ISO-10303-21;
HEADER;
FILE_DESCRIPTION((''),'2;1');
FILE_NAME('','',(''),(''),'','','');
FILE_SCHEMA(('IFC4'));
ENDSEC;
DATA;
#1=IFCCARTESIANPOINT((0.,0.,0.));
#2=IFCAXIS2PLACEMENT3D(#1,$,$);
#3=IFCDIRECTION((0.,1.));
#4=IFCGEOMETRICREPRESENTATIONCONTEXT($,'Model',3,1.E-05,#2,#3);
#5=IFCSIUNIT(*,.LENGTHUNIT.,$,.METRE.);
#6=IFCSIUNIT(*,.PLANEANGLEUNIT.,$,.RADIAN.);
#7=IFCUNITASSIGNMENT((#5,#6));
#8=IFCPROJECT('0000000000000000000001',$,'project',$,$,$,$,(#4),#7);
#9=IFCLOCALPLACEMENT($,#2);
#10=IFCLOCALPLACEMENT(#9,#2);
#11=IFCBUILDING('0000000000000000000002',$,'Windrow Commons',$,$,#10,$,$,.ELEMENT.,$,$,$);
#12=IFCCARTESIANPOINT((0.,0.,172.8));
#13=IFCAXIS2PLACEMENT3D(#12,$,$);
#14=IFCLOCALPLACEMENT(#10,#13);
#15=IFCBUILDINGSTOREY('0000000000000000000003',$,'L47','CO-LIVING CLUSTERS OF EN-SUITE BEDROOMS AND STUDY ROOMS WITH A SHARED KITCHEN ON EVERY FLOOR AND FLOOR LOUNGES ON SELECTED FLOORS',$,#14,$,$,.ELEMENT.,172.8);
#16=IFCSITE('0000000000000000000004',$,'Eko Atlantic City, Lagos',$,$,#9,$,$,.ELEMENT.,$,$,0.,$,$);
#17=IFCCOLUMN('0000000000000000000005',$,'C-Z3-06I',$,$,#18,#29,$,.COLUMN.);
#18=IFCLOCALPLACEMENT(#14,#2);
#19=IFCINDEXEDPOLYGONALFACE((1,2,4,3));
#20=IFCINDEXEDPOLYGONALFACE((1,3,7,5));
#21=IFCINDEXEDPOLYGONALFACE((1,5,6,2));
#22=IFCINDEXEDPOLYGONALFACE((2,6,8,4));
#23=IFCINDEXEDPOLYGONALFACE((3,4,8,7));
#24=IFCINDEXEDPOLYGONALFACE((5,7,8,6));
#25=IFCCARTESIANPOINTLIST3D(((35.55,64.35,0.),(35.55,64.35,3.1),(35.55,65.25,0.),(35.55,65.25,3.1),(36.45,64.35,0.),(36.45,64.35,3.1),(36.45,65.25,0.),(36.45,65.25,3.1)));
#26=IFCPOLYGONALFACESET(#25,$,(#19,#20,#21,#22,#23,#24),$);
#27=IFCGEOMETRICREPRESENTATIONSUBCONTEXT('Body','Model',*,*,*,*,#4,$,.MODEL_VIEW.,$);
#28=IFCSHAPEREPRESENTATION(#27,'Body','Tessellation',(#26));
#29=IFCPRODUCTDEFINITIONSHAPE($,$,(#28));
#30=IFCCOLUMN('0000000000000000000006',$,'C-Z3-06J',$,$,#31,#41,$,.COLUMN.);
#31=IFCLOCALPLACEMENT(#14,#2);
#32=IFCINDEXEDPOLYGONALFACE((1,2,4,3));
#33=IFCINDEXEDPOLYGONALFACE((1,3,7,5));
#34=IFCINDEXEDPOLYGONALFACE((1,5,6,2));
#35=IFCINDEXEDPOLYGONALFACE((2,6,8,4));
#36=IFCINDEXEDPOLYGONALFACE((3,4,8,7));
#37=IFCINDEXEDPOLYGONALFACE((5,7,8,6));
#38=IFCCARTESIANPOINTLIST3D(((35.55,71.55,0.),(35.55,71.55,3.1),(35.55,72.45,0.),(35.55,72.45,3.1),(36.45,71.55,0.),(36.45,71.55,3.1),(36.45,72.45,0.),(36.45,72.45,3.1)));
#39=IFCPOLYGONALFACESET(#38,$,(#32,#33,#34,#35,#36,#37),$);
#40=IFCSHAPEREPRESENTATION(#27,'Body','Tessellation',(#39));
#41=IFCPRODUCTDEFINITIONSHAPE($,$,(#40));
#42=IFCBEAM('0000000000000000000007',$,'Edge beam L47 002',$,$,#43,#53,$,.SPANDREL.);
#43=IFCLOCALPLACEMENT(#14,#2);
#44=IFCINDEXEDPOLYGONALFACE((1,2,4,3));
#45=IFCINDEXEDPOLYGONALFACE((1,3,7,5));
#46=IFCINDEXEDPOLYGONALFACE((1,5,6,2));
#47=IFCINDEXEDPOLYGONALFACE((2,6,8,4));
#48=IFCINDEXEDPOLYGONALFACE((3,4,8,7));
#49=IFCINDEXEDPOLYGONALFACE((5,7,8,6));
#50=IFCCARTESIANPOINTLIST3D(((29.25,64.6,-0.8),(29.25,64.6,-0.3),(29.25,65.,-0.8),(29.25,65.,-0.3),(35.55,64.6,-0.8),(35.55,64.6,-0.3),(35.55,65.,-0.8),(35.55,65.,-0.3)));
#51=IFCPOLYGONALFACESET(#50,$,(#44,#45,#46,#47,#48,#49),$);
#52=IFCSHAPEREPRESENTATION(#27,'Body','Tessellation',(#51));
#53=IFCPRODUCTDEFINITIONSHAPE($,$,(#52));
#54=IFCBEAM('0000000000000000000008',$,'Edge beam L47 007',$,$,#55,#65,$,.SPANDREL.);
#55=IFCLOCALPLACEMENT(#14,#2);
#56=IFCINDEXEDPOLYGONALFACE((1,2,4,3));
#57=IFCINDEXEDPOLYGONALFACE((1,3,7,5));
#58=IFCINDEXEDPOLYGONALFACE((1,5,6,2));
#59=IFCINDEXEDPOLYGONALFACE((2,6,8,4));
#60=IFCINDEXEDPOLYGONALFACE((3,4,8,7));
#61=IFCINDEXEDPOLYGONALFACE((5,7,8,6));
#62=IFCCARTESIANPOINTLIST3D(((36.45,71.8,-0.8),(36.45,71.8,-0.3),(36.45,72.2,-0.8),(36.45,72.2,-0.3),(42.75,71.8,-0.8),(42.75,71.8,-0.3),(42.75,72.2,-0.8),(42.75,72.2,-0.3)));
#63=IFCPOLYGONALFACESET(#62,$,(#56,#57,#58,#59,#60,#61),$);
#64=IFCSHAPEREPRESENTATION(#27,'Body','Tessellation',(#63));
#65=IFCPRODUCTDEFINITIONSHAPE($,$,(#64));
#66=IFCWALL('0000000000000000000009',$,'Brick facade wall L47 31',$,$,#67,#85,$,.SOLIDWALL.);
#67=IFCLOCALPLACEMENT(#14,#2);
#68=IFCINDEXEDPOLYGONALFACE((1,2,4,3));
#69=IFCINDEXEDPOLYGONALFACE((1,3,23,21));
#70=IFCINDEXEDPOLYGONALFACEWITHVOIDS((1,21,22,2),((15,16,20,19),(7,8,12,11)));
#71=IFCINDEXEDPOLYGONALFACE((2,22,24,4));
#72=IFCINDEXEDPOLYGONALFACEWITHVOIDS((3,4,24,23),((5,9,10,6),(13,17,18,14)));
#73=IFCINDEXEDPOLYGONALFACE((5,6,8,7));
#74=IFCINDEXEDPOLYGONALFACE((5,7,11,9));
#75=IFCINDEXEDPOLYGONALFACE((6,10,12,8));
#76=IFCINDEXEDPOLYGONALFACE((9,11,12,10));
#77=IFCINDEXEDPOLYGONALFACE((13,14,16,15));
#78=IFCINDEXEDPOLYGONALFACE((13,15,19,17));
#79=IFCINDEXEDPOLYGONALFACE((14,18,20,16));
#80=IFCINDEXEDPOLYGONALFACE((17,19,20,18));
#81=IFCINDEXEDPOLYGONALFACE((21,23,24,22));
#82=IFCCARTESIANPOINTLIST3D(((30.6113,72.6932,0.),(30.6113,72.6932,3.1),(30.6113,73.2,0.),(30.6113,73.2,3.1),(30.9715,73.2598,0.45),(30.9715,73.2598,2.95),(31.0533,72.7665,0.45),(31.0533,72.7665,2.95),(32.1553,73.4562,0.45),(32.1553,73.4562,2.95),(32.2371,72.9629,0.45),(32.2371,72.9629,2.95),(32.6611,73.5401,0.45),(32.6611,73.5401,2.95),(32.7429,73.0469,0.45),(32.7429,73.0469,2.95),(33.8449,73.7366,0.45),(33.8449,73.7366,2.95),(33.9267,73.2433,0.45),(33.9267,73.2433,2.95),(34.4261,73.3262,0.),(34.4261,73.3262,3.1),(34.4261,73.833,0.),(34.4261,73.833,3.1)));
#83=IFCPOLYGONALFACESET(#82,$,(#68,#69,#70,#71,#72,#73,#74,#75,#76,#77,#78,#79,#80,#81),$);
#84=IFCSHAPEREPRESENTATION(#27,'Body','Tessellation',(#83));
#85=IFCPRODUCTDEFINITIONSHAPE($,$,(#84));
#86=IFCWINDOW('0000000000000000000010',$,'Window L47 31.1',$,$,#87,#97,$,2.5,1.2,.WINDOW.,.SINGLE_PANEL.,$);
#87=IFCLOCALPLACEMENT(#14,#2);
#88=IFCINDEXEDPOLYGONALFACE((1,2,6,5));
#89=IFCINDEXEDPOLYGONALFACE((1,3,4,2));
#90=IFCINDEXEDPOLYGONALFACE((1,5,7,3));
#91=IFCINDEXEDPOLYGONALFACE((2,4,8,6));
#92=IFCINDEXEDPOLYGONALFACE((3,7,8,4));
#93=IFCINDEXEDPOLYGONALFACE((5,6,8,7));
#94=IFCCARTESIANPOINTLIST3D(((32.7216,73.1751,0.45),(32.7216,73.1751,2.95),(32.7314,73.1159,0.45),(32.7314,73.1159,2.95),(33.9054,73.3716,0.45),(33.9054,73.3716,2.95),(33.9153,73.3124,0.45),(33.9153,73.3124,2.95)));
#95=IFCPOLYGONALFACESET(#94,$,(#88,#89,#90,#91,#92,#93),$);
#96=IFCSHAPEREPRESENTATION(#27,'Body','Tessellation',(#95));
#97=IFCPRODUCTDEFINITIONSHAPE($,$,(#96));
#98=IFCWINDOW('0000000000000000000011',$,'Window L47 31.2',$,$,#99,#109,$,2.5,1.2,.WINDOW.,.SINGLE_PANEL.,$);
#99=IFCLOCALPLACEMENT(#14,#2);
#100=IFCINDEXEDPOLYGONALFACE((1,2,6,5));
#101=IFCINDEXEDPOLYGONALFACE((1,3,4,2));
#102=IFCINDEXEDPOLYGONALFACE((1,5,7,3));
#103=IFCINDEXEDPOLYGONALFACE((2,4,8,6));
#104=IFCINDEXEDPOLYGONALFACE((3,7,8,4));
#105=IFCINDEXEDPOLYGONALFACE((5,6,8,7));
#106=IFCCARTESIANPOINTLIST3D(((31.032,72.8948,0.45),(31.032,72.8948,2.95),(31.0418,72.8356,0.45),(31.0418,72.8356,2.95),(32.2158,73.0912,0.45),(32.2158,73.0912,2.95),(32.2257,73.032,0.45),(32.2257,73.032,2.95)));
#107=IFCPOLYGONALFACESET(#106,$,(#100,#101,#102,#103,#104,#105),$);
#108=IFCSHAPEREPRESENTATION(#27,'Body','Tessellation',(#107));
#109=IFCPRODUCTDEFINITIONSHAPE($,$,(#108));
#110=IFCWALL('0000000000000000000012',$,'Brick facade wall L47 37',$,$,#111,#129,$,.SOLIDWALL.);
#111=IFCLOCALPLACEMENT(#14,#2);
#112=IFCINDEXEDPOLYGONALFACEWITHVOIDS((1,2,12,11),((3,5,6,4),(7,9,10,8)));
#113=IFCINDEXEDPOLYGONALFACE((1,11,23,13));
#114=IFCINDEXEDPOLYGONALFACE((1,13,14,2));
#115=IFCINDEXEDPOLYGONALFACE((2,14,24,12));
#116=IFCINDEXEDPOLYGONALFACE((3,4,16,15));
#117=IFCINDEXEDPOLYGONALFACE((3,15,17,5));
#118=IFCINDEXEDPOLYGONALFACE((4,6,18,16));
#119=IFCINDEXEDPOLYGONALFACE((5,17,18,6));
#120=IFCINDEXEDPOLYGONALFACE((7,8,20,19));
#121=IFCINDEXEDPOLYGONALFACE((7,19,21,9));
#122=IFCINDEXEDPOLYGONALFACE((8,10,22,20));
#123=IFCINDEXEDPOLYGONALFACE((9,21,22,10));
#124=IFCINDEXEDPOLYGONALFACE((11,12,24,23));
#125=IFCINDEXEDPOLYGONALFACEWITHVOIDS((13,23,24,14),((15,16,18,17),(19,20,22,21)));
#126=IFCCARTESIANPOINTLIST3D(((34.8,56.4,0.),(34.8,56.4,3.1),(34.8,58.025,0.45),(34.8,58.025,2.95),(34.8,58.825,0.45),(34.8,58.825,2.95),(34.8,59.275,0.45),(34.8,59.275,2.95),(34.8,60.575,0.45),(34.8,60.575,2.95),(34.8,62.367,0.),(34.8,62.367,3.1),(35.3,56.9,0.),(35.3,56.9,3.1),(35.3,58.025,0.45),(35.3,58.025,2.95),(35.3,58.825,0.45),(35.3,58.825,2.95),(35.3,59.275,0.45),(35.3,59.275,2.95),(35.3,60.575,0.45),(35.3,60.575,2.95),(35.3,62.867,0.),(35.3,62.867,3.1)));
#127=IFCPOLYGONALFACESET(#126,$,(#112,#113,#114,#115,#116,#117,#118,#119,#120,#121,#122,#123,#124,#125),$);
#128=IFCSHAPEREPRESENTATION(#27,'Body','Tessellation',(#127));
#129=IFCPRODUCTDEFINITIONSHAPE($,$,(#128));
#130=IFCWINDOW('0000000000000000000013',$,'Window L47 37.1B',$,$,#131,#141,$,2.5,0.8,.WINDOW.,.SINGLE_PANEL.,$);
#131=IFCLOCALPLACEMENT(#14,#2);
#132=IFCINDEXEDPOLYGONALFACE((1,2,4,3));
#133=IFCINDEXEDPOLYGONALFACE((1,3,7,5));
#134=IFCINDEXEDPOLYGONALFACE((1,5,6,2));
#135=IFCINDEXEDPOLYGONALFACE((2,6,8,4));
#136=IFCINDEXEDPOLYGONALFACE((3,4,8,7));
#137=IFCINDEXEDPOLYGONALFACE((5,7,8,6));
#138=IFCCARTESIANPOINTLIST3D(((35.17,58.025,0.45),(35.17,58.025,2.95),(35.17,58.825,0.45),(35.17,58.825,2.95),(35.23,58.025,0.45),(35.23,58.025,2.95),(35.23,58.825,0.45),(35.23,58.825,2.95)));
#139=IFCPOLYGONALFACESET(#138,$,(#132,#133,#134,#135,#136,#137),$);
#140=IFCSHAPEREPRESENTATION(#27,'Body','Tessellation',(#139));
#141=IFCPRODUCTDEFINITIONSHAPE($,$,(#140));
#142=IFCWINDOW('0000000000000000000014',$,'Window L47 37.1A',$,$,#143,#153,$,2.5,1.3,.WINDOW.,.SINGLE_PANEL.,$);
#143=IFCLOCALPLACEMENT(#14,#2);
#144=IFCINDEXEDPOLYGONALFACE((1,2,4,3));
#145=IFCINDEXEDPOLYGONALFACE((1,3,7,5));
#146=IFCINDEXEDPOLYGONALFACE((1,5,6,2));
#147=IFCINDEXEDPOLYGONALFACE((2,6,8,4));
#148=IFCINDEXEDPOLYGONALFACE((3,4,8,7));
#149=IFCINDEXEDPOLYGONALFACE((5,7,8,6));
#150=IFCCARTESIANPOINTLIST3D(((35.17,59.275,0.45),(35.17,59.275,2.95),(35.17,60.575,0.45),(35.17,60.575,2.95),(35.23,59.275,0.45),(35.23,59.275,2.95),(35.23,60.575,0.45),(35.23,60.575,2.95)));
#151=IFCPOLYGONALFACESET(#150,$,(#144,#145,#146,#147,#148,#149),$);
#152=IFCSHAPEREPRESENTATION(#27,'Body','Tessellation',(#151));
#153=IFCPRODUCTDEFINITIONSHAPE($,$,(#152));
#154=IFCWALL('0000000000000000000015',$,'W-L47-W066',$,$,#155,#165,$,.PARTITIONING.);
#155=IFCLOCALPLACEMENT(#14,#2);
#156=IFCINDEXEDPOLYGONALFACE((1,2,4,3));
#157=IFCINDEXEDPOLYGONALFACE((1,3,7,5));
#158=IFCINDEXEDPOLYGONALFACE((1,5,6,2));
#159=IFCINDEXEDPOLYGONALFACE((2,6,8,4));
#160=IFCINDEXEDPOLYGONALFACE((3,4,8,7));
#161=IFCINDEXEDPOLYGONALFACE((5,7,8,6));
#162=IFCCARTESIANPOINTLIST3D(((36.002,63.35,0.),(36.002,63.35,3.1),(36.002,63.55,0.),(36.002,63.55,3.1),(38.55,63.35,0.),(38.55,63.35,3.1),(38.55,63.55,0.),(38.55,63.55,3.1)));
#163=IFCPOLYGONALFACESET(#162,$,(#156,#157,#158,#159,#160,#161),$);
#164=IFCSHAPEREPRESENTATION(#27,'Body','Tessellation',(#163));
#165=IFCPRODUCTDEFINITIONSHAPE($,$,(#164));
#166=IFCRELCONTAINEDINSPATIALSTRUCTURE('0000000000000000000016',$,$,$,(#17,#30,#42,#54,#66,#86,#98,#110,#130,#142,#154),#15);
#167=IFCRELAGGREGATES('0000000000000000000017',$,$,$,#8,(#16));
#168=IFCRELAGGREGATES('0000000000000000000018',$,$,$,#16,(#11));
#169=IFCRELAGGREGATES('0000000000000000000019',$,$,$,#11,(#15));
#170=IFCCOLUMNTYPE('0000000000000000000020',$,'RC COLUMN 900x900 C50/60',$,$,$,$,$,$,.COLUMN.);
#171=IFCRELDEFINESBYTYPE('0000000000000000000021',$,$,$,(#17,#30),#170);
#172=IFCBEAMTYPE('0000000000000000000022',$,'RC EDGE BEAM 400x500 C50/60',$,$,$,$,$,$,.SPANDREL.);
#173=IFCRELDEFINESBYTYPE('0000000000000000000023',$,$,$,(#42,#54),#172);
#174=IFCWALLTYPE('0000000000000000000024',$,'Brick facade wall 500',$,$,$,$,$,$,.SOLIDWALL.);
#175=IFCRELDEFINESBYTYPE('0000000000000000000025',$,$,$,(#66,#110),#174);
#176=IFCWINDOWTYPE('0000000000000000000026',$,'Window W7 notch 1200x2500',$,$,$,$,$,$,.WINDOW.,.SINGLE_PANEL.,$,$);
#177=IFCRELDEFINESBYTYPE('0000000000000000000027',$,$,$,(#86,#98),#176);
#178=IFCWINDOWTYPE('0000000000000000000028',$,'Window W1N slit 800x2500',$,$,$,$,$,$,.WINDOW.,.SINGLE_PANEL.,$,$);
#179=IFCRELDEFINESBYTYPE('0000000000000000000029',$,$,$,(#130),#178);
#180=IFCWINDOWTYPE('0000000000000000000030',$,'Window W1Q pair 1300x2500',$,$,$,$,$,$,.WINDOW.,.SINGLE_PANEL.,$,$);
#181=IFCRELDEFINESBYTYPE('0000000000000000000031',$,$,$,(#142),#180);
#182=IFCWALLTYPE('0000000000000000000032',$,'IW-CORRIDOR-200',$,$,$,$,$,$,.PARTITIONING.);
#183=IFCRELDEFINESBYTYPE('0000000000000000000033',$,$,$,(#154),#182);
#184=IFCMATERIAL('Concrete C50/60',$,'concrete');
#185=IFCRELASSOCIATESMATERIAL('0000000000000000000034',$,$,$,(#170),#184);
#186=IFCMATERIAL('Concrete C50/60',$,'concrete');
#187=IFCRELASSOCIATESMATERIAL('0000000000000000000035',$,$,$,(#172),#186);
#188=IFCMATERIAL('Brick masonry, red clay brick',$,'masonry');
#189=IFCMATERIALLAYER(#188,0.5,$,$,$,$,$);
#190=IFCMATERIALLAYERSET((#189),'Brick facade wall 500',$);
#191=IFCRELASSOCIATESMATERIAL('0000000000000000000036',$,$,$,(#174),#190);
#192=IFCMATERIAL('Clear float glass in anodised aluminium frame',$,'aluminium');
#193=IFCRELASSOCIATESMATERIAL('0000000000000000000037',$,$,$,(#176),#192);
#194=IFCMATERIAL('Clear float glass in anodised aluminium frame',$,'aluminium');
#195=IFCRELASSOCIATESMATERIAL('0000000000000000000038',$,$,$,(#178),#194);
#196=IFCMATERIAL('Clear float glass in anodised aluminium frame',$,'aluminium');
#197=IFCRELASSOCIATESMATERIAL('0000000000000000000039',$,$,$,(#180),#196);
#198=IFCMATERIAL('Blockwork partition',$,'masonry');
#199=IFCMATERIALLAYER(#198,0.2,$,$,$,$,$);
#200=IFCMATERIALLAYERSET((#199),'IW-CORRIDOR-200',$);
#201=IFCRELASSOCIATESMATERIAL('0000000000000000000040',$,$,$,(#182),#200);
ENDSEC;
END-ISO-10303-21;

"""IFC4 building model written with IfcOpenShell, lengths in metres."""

from ifc_helpers import new_model, si_unit, direction, frame, frame_2d, origin, origin_2d, place, context, subcontext, project, spatial, polyline, rectangle, outline, extrude, material, layer, layer_set, material_profile, profile_set, type_object, element, fill, save


model = new_model("IFC4")

# Units and contexts
model_context = context("Model", 3, precision=1e-05, world=origin(), true_north=direction((0.0, 1.0)))
body_context = subcontext(model_context, "Body", "Model", "MODEL_VIEW")
ifc_project = project(units=[si_unit("LENGTHUNIT", "METRE"), si_unit("PLANEANGLEUNIT", "RADIAN")], contexts=[model_context])

# Site, building, storey
site_placement = place(None, origin())
site = spatial("IfcSite", under=ifc_project, at=site_placement, Name="Eko Atlantic City, Lagos", CompositionType="ELEMENT", RefElevation=0.0)
building_placement = place(site_placement, origin())
building = spatial("IfcBuilding", under=site, at=building_placement, Name="Windrow Commons", CompositionType="ELEMENT")
storey_placement = place(building_placement, frame((0.0, 0.0, 172.8)))
storey = spatial("IfcBuildingStorey", under=building, at=storey_placement, Name="L47", Description="CO-LIVING CLUSTERS OF EN-SUITE BEDROOMS AND STUDY ROOMS WITH A SHARED KITCHEN ON EVERY FLOOR AND FLOOR LOUNGES ON SELECTED FLOORS", CompositionType="ELEMENT", Elevation=172.8)

# Columns
ifc_material_1 = material(Name="Concrete C50/60", Category="concrete")
ifc_material_profile_1 = material_profile(ifc_material_1, rectangle(XDim=0.9, YDim=0.9, at=origin_2d()))
ifc_profile_set_1 = profile_set([ifc_material_profile_1], Name="Concrete C50/60")
column_type = type_object("IfcColumnType", Name="RC COLUMN 900x900 C50/60", PredefinedType="COLUMN", material=ifc_profile_set_1)
for number, where, z_axis, x_axis, name in (
    (1, (36.0, 64.8, 0.0), (0.0, 0.0, 1.0), (1.0, 0.0, 0.0), "C-Z3-06I"),
    (2, (36.0, 72.0, 0.0), (0.0, 0.0, 1.0), (1.0, 0.0, 0.0), "C-Z3-06J"),
):
    element("IfcColumn", number, at=place(storey_placement, frame(where, z_axis=z_axis, x_axis=x_axis)), inside=storey, type_object=column_type, Name=name, PredefinedType="COLUMN", context=body_context, shape_type="SweptSolid", body=[
        extrude(rectangle(XDim=0.9, YDim=0.9, at=origin_2d()), origin(), (0.0, 0.0, 1.0), 3.1),
    ])

# Beams
ifc_material_2 = material(Name="Concrete C50/60", Category="concrete")
ifc_material_profile_2 = material_profile(ifc_material_2, rectangle(XDim=0.4, YDim=0.5, at=origin_2d()))
ifc_profile_set_2 = profile_set([ifc_material_profile_2], Name="Concrete C50/60")
beam_type = type_object("IfcBeamType", Name="RC EDGE BEAM 400x500 C50/60", PredefinedType="SPANDREL", material=ifc_profile_set_2)
for number, where, z_axis, x_axis, name in (
    (3, (35.55, 64.8, -0.55), (-1.0, 0.0, 0.0), (0.0, -1.0, 0.0), "Edge beam L47 002"),
    (4, (36.45, 72.0, -0.55), (1.0, 0.0, 0.0), (0.0, 1.0, 0.0), "Edge beam L47 007"),
):
    element("IfcBeam", number, at=place(storey_placement, frame(where, z_axis=z_axis, x_axis=x_axis)), inside=storey, type_object=beam_type, Name=name, PredefinedType="SPANDREL", context=body_context, shape_type="SweptSolid", body=[
        extrude(rectangle(XDim=0.4, YDim=0.5, at=origin_2d()), origin(), (0.0, 0.0, 1.0), 6.3),
    ])

# Walls, openings, windows
ifc_material_3 = material(Name="Brick masonry, red clay brick", Category="masonry")
ifc_layer_1 = layer(ifc_material_3, 0.5)
ifc_layer_set_1 = layer_set([ifc_layer_1], Name="Brick facade wall 500")
wall_type_1 = type_object("IfcWallType", Name="Brick facade wall 500", PredefinedType="SOLIDWALL", material=ifc_layer_set_1)
wall_1_placement = place(storey_placement, frame((34.4261, 73.5796, 0.0), z_axis=(0.0, 0.0, 1.0), x_axis=(-0.98651, -0.163699, 0.0)))
wall_1 = element("IfcWall", 5, at=wall_1_placement, inside=storey, type_object=wall_type_1, Name="Brick facade wall L47 31", PredefinedType="SOLIDWALL", context=body_context, shape_type="SweptSolid", body=[
    extrude(outline(polyline([(-0.0415, -0.25), (3.8255, -0.25), (3.9084, 0.25), (0.0415, 0.25), (-0.0415, -0.25)])), origin(), (0.0, 0.0, 1.0), 3.1),
])
opening_1_placement = place(wall_1_placement, frame((0.5477, 0.0, 0.45)))
opening_1 = element("IfcOpeningElement", 6, at=opening_1_placement, cuts=wall_1, PredefinedType="OPENING", context=body_context, shape_type="SweptSolid", body=[
    extrude(rectangle(XDim=1.2, YDim=2.5, at=frame_2d((0.6, 1.25))), frame((0.0, 0.26, 0.0), z_axis=(0.0, -1.0, 0.0), x_axis=(1.0, 0.0, 0.0)), (0.0, 0.0, 1.0), 0.52),
])
opening_2_placement = place(wall_1_placement, frame((2.2604, 0.0, 0.45)))
opening_2 = element("IfcOpeningElement", 7, at=opening_2_placement, cuts=wall_1, PredefinedType="OPENING", context=body_context, shape_type="SweptSolid", body=[
    extrude(rectangle(XDim=1.2, YDim=2.5, at=frame_2d((0.6, 1.25))), frame((0.0, 0.26, 0.0), z_axis=(0.0, -1.0, 0.0), x_axis=(1.0, 0.0, 0.0)), (0.0, 0.0, 1.0), 0.52),
])
ifc_material_4 = material(Name="Clear float glass in anodised aluminium frame", Category="aluminium")
window_type_1 = type_object("IfcWindowType", Name="Window W7 notch 1200x2500", PartitioningType="SINGLE_PANEL", PredefinedType="WINDOW", material=ifc_material_4)
window_1_placement = place(opening_1_placement, origin())
window_1 = element("IfcWindow", 8, at=window_1_placement, inside=storey, type_object=window_type_1, Name="Window L47 31.1", OverallHeight=2.5, OverallWidth=1.2, PartitioningType="SINGLE_PANEL", PredefinedType="WINDOW", context=body_context, shape_type="SweptSolid", body=[
    extrude(rectangle(XDim=1.2, YDim=2.5, at=frame_2d((0.6, 1.25))), frame((0.0, 0.18, 0.0), z_axis=(0.0, -1.0, 0.0), x_axis=(1.0, 0.0, 0.0)), (0.0, 0.0, 1.0), 0.06),
])
fill(opening_1, window_1)
window_2_placement = place(opening_2_placement, origin())
window_2 = element("IfcWindow", 9, at=window_2_placement, inside=storey, type_object=window_type_1, Name="Window L47 31.2", OverallHeight=2.5, OverallWidth=1.2, PartitioningType="SINGLE_PANEL", PredefinedType="WINDOW", context=body_context, shape_type="SweptSolid", body=[
    extrude(rectangle(XDim=1.2, YDim=2.5, at=frame_2d((0.6, 1.25))), frame((0.0, 0.18, 0.0), z_axis=(0.0, -1.0, 0.0), x_axis=(1.0, 0.0, 0.0)), (0.0, 0.0, 1.0), 0.06),
])
fill(opening_2, window_2)
wall_2_placement = place(storey_placement, frame((35.05, 62.617, 0.0), z_axis=(0.0, 0.0, 1.0), x_axis=(0.0, -1.0, 0.0)))
wall_2 = element("IfcWall", 10, at=wall_2_placement, inside=storey, type_object=wall_type_1, Name="Brick facade wall L47 37", PredefinedType="SOLIDWALL", context=body_context, shape_type="SweptSolid", body=[
    extrude(outline(polyline([(0.25, -0.25), (6.217, -0.25), (5.717, 0.25), (-0.25, 0.25), (0.25, -0.25)])), origin(), (0.0, 0.0, 1.0), 3.1),
])
opening_3_placement = place(wall_2_placement, frame((2.042, 0.0, 0.45)))
opening_3 = element("IfcOpeningElement", 11, at=opening_3_placement, cuts=wall_2, PredefinedType="OPENING", context=body_context, shape_type="SweptSolid", body=[
    extrude(rectangle(XDim=1.3, YDim=2.5, at=frame_2d((0.65, 1.25))), frame((0.0, 0.26, 0.0), z_axis=(0.0, -1.0, 0.0), x_axis=(1.0, 0.0, 0.0)), (0.0, 0.0, 1.0), 0.52),
])
opening_4_placement = place(wall_2_placement, frame((3.792, 0.0, 0.45)))
opening_4 = element("IfcOpeningElement", 12, at=opening_4_placement, cuts=wall_2, PredefinedType="OPENING", context=body_context, shape_type="SweptSolid", body=[
    extrude(rectangle(XDim=0.8, YDim=2.5, at=frame_2d((0.4, 1.25))), frame((0.0, 0.26, 0.0), z_axis=(0.0, -1.0, 0.0), x_axis=(1.0, 0.0, 0.0)), (0.0, 0.0, 1.0), 0.52),
])
ifc_material_5 = material(Name="Clear float glass in anodised aluminium frame", Category="aluminium")
window_type_2 = type_object("IfcWindowType", Name="Window W1N slit 800x2500", PartitioningType="SINGLE_PANEL", PredefinedType="WINDOW", material=ifc_material_5)
window_3_placement = place(opening_4_placement, origin())
window_3 = element("IfcWindow", 13, at=window_3_placement, inside=storey, type_object=window_type_2, Name="Window L47 37.1B", OverallHeight=2.5, OverallWidth=0.8, PartitioningType="SINGLE_PANEL", PredefinedType="WINDOW", context=body_context, shape_type="SweptSolid", body=[
    extrude(rectangle(XDim=0.8, YDim=2.5, at=frame_2d((0.4, 1.25))), frame((0.0, 0.18, 0.0), z_axis=(0.0, -1.0, 0.0), x_axis=(1.0, 0.0, 0.0)), (0.0, 0.0, 1.0), 0.06),
])
fill(opening_4, window_3)
ifc_material_6 = material(Name="Clear float glass in anodised aluminium frame", Category="aluminium")
window_type_3 = type_object("IfcWindowType", Name="Window W1Q pair 1300x2500", PartitioningType="SINGLE_PANEL", PredefinedType="WINDOW", material=ifc_material_6)
window_4_placement = place(opening_3_placement, origin())
window_4 = element("IfcWindow", 14, at=window_4_placement, inside=storey, type_object=window_type_3, Name="Window L47 37.1A", OverallHeight=2.5, OverallWidth=1.3, PartitioningType="SINGLE_PANEL", PredefinedType="WINDOW", context=body_context, shape_type="SweptSolid", body=[
    extrude(rectangle(XDim=1.3, YDim=2.5, at=frame_2d((0.65, 1.25))), frame((0.0, 0.18, 0.0), z_axis=(0.0, -1.0, 0.0), x_axis=(1.0, 0.0, 0.0)), (0.0, 0.0, 1.0), 0.06),
])
fill(opening_3, window_4)

# Wall
ifc_material_7 = material(Name="Blockwork partition", Category="masonry")
ifc_layer_2 = layer(ifc_material_7, 0.2)
ifc_layer_set_2 = layer_set([ifc_layer_2], Name="IW-CORRIDOR-200")
wall_type_2 = type_object("IfcWallType", Name="IW-CORRIDOR-200", PredefinedType="PARTITIONING", material=ifc_layer_set_2)
wall_3_placement = place(storey_placement, frame((36.002, 63.45, 0.0), z_axis=(0.0, 0.0, 1.0), x_axis=(1.0, 0.0, 0.0)))
element("IfcWall", 15, at=wall_3_placement, inside=storey, type_object=wall_type_2, Name="W-L47-W066", PredefinedType="PARTITIONING", context=body_context, shape_type="SweptSolid", body=[
    extrude(rectangle(XDim=2.548, YDim=0.2, at=frame_2d((1.274, 0.0))), origin(), (0.0, 0.0, 1.0), 3.1),
])

save(model, "model.ifc")
